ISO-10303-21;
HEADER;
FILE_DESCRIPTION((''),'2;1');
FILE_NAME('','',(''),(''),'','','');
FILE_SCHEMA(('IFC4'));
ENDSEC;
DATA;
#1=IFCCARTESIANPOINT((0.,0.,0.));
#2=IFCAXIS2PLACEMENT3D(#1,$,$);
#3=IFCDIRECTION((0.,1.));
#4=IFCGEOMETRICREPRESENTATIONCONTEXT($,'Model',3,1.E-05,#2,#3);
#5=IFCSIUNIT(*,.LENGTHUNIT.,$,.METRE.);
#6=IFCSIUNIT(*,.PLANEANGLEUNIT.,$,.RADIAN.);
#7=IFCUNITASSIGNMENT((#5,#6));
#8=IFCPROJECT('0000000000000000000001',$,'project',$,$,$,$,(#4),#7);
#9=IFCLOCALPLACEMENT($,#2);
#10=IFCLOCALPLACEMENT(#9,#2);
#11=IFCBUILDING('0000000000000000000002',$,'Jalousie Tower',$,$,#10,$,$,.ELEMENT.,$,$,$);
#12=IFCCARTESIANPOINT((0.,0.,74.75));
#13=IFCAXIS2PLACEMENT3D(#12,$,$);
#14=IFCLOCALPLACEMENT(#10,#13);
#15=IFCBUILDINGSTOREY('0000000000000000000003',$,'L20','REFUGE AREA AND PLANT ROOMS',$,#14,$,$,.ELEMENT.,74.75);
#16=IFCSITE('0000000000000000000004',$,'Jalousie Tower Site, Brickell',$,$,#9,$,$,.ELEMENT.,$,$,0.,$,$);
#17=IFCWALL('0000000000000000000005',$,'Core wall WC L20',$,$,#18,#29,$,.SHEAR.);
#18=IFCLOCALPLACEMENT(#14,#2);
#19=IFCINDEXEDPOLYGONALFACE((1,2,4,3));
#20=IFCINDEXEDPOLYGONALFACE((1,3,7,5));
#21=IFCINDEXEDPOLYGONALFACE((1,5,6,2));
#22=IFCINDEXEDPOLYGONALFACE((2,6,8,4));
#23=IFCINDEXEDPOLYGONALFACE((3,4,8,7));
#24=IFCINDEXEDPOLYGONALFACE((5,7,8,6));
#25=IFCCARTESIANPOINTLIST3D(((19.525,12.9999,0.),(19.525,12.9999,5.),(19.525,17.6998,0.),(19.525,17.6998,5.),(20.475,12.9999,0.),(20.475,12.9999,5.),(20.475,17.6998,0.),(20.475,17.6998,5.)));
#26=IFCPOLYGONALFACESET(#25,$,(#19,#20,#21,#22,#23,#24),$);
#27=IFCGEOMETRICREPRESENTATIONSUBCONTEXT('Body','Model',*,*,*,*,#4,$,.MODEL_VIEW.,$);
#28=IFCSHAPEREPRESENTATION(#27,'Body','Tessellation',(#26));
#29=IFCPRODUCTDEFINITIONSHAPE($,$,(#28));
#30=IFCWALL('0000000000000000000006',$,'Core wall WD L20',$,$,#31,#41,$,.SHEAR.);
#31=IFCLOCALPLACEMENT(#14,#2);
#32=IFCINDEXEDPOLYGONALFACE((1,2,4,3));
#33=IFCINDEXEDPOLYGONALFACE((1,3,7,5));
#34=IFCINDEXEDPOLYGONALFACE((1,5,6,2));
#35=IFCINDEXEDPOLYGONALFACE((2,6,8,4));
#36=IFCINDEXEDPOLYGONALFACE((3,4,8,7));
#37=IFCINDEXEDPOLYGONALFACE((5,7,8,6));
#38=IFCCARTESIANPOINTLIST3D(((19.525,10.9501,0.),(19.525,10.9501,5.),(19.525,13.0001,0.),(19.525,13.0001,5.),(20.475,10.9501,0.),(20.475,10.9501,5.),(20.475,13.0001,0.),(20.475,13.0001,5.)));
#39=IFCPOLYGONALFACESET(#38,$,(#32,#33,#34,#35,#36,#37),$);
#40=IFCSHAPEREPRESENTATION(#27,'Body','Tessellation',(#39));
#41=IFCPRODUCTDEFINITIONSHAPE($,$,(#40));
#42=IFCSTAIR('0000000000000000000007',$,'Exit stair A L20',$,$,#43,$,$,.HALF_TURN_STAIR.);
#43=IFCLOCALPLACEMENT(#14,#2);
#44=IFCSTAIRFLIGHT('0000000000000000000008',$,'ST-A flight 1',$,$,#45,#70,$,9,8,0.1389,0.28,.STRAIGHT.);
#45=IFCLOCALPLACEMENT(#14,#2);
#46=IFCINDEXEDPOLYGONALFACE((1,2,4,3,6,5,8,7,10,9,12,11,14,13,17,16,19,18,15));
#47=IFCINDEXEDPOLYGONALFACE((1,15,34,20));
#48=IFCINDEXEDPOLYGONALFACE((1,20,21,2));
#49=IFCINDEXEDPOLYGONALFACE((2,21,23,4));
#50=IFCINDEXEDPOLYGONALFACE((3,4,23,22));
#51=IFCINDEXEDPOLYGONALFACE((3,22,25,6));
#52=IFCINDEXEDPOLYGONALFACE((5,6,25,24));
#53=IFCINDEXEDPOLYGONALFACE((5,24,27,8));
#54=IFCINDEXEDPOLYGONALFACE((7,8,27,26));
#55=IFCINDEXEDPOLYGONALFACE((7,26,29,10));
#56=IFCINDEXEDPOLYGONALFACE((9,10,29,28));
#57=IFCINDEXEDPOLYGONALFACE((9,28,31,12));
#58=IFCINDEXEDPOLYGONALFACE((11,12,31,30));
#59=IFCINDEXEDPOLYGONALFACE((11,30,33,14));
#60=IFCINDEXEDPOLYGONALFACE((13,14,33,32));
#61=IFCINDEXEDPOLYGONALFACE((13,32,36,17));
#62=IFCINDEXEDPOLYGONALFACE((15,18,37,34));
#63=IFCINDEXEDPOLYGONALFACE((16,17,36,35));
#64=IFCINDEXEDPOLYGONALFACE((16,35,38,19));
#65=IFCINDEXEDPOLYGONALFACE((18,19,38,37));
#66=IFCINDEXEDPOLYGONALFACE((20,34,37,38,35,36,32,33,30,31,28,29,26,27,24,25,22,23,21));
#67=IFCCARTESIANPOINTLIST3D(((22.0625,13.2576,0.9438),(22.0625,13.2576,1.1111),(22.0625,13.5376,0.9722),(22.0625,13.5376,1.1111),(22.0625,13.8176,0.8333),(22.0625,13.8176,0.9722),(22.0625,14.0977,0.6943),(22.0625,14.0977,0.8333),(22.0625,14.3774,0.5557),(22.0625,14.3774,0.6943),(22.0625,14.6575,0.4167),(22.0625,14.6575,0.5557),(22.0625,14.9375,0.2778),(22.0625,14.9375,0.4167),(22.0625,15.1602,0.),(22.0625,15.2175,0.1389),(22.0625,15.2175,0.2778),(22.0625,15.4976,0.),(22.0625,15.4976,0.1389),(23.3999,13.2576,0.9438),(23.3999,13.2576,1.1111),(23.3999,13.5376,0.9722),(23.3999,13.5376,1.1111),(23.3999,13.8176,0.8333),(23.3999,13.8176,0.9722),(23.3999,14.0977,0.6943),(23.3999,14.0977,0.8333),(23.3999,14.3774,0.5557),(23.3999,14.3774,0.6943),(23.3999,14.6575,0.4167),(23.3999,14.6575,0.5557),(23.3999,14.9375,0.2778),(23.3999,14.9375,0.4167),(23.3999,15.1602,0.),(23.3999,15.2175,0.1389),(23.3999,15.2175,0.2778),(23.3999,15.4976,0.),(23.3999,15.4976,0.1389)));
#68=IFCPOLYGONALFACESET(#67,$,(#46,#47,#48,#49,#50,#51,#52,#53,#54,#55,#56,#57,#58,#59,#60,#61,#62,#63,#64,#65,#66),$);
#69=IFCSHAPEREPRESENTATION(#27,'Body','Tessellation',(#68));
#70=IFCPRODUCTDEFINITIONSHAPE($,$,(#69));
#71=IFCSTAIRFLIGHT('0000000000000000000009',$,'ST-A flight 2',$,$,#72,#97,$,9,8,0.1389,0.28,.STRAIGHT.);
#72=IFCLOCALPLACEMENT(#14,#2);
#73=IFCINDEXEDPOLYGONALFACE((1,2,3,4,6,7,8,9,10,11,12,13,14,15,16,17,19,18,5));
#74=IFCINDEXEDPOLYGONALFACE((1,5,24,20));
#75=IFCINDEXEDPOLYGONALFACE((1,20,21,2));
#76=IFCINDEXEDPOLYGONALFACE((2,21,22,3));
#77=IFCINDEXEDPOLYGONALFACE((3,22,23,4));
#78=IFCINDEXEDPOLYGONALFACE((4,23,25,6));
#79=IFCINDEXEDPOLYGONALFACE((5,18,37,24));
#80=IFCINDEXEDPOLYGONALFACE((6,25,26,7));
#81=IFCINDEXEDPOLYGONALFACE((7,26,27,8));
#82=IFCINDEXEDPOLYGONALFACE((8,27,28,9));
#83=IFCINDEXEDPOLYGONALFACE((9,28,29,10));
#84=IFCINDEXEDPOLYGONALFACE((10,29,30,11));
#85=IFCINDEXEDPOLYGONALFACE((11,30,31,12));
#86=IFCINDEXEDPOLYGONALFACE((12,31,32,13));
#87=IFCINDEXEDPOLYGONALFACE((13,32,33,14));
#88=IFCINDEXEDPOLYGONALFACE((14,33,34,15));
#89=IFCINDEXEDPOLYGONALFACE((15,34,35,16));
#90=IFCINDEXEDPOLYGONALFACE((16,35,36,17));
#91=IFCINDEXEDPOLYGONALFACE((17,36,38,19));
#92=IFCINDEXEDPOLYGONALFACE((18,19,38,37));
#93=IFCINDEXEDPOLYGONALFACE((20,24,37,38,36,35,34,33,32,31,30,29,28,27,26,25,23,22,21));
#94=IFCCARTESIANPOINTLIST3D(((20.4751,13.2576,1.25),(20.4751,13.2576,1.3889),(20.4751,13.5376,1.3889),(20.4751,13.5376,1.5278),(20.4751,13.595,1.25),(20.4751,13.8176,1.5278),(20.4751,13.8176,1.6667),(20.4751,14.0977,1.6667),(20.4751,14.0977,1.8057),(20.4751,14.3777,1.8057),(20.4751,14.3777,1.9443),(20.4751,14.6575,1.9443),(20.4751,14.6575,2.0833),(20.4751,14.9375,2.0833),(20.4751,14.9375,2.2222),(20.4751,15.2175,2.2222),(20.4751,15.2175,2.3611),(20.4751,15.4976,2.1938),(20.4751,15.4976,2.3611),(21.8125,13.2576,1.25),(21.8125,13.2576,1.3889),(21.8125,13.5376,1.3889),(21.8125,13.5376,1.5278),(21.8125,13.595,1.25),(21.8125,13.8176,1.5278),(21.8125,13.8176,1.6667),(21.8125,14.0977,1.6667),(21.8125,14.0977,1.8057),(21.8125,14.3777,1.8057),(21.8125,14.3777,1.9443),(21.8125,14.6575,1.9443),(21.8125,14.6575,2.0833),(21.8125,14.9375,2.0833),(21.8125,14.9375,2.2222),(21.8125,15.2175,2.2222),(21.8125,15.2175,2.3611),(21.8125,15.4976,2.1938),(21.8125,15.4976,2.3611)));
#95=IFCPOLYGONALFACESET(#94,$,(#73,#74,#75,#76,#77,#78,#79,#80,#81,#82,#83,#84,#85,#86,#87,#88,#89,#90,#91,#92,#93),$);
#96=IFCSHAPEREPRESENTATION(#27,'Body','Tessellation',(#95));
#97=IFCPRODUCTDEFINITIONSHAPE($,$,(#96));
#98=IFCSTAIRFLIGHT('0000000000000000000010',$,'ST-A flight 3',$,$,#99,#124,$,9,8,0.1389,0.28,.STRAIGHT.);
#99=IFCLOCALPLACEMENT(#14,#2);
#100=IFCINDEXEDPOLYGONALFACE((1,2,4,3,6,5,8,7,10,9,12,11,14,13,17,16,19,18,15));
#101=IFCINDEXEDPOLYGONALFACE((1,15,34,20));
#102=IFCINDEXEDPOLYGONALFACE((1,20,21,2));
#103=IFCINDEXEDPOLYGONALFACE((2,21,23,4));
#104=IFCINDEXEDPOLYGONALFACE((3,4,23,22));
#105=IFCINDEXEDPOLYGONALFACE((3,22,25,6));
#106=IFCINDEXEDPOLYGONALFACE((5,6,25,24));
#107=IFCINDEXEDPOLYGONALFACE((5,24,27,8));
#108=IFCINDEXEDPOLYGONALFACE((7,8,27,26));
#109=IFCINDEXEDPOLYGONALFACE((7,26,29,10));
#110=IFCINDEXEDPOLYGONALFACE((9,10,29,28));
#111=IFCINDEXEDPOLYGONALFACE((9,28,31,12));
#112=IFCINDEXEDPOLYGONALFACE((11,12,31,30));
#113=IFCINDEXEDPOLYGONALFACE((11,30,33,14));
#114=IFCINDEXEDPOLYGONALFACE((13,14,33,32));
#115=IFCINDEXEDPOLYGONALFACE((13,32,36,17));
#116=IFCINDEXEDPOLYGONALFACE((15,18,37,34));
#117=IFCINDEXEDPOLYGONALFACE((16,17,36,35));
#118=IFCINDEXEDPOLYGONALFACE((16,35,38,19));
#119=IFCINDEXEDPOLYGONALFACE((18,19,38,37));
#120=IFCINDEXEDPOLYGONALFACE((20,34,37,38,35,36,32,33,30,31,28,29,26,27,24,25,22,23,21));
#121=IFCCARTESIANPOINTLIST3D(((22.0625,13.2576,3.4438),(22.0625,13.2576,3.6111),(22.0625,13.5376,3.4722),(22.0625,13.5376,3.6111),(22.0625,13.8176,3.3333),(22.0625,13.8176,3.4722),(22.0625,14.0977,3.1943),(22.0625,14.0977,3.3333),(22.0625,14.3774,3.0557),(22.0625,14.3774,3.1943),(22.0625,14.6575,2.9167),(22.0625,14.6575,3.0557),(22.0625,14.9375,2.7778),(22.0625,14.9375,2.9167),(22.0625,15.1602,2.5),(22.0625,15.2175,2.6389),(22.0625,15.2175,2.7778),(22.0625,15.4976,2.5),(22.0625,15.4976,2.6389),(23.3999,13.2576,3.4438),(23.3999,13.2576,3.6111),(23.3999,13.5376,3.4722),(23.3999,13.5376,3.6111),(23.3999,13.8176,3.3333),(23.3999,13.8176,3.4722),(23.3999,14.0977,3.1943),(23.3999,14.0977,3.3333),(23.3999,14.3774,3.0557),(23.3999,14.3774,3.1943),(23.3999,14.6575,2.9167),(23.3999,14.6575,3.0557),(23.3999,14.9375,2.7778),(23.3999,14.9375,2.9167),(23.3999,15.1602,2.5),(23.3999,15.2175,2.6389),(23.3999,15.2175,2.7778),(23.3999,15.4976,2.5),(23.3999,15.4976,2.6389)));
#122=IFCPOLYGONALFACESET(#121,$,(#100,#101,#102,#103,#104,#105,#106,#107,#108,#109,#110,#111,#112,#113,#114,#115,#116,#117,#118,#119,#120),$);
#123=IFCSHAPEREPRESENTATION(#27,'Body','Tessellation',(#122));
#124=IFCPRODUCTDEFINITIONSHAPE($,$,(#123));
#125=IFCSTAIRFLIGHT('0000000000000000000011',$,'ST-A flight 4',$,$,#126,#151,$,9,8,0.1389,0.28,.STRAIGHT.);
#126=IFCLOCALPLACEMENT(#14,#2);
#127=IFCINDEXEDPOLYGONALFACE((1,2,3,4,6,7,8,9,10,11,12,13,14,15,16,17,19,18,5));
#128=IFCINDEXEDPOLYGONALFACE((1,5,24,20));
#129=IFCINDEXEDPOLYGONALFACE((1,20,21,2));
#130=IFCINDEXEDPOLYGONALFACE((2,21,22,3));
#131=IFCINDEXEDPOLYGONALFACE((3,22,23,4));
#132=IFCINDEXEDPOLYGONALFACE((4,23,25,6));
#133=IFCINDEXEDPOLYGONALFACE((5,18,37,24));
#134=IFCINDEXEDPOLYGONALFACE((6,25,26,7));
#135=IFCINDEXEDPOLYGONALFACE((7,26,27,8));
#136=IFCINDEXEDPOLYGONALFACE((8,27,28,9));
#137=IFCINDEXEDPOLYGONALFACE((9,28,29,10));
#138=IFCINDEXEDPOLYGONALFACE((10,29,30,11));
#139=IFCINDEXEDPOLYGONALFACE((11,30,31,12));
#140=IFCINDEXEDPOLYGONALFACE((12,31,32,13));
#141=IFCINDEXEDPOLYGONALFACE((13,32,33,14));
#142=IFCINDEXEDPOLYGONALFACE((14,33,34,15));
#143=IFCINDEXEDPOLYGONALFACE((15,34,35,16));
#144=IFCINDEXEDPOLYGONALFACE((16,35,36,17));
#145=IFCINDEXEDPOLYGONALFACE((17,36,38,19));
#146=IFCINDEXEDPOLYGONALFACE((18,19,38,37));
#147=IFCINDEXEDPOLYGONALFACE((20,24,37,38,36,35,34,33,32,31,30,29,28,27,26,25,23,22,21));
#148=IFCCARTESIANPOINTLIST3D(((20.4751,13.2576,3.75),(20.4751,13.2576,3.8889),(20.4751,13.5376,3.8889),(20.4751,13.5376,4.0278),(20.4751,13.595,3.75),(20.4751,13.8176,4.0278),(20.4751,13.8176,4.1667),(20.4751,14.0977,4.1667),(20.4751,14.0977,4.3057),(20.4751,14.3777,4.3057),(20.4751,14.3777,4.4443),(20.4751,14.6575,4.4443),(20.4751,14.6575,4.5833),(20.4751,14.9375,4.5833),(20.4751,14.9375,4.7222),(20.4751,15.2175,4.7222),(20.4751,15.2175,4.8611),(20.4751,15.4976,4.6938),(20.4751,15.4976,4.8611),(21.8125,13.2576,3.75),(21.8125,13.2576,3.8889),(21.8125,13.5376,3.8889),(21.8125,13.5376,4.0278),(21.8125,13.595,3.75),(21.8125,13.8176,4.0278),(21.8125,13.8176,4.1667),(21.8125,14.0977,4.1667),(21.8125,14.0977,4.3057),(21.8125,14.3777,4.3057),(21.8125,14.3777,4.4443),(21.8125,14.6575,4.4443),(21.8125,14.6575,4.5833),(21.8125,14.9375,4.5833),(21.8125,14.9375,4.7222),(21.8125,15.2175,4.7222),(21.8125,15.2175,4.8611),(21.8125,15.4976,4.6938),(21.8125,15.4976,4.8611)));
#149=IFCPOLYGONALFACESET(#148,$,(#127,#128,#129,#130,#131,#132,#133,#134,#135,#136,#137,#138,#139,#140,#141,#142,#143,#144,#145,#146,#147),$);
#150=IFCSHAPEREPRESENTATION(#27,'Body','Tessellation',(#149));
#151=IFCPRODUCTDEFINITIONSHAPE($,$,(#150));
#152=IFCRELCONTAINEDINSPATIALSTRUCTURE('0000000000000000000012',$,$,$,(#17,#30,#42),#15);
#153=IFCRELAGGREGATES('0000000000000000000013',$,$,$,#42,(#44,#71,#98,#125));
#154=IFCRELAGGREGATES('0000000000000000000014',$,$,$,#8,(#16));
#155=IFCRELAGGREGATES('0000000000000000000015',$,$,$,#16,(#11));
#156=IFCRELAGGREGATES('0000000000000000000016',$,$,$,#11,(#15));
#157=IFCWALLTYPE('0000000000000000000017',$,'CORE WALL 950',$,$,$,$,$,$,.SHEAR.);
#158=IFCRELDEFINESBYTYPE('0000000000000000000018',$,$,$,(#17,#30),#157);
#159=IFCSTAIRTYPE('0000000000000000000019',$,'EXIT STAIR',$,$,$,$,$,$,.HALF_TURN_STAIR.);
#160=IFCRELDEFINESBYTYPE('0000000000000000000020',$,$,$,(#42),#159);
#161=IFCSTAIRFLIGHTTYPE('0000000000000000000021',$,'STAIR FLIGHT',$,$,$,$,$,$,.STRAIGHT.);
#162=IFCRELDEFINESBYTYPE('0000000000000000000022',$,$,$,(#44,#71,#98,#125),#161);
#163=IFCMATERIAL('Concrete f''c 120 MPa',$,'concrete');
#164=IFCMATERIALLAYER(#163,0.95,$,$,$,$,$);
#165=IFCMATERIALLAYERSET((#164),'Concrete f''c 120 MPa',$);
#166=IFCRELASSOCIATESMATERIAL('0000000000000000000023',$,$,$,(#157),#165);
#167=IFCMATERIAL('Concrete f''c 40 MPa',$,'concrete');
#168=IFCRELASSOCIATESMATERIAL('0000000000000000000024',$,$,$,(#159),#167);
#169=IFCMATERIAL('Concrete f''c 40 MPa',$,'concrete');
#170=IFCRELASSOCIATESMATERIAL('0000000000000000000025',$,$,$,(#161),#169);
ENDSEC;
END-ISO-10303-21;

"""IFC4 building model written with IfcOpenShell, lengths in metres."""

from ifc_helpers import new_model, si_unit, direction, frame, frame_2d, origin, place, context, subcontext, project, spatial, polyline, rectangle, outline, extrude, material, layer, layer_set, type_object, element, aggregate, save


model = new_model("IFC4")

# Units and contexts
model_context = context("Model", 3, precision=1e-05, world=origin(), true_north=direction((0.0, 1.0)))
body_context = subcontext(model_context, "Body", "Model", "MODEL_VIEW")
ifc_project = project(units=[si_unit("LENGTHUNIT", "METRE"), si_unit("PLANEANGLEUNIT", "RADIAN")], contexts=[model_context])

# Site, building, storey
site_placement = place(None, origin())
site = spatial("IfcSite", under=ifc_project, at=site_placement, Name="Jalousie Tower Site, Brickell", CompositionType="ELEMENT", RefElevation=0.0)
building_placement = place(site_placement, origin())
building = spatial("IfcBuilding", under=site, at=building_placement, Name="Jalousie Tower", CompositionType="ELEMENT")
storey_placement = place(building_placement, frame((0.0, 0.0, 74.75)))
storey = spatial("IfcBuildingStorey", under=building, at=storey_placement, Name="L20", Description="REFUGE AREA AND PLANT ROOMS", CompositionType="ELEMENT", Elevation=74.75)

# Shared definitions
ifc_material_1 = material(Name="Concrete f'c 120 MPa", Category="concrete")
ifc_layer_1 = layer(ifc_material_1, 0.95)
ifc_layer_set_1 = layer_set([ifc_layer_1], Name="Concrete f'c 120 MPa")
wall_type_1 = type_object("IfcWallType", Name="CORE WALL 950", PredefinedType="SHEAR", material=ifc_layer_set_1)

# Walls
wall_1_placement = place(storey_placement, frame((20.0, 17.7, 0.0), z_axis=(0.0, 0.0, 1.0), x_axis=(0.0, -1.0, 0.0)))
element("IfcWall", 1, at=wall_1_placement, inside=storey, type_object=wall_type_1, Name="Core wall WC L20", PredefinedType="SHEAR", context=body_context, shape_type="SweptSolid", body=[
    extrude(rectangle(XDim=4.7, YDim=0.95, at=frame_2d((2.3501, 0.0))), origin(), (0.0, 0.0, 1.0), 5.0),
])
wall_2_placement = place(storey_placement, frame((20.0, 13.0, 0.0), z_axis=(0.0, 0.0, 1.0), x_axis=(0.0, -1.0, 0.0)))
element("IfcWall", 2, at=wall_2_placement, inside=storey, type_object=wall_type_1, Name="Core wall WD L20", PredefinedType="SHEAR", context=body_context, shape_type="SweptSolid", body=[
    extrude(rectangle(XDim=2.05, YDim=0.95, at=frame_2d((1.0249, 0.0))), origin(), (0.0, 0.0, 1.0), 5.0),
])

# Stair, stair flights
ifc_material_2 = material(Name="Concrete f'c 40 MPa", Category="concrete")
stair_type = type_object("IfcStairType", Name="EXIT STAIR", PredefinedType="HALF_TURN_STAIR", material=ifc_material_2)
stair_placement = place(storey_placement, origin())
stair = element("IfcStair", 3, at=stair_placement, inside=storey, type_object=stair_type, Name="Exit stair A L20", PredefinedType="HALF_TURN_STAIR")
ifc_material_3 = material(Name="Concrete f'c 40 MPa", Category="concrete")
stair_flight_type = type_object("IfcStairFlightType", Name="STAIR FLIGHT", PredefinedType="STRAIGHT", material=ifc_material_3)
stair_flight_1_placement = place(storey_placement, frame((22.7312, 15.4976, 0.0), z_axis=(0.0, 0.0, 1.0), x_axis=(0.0, -1.0, 0.0)))
stair_flight_1 = element("IfcStairFlight", 4, at=stair_flight_1_placement, type_object=stair_flight_type, Name="ST-A flight 1", NumberOfRisers=9, NumberOfTreads=8, PredefinedType="STRAIGHT", RiserHeight=0.1389, TreadLength=0.28, context=body_context, shape_type="SweptSolid", body=[
    extrude(outline(polyline([(0.0, 0.0), (0.0, 0.1389), (0.28, 0.1389), (0.28, 0.2778), (0.5601, 0.2778), (0.5601, 0.4167), (0.8401, 0.4167), (0.8401, 0.5557), (1.1201, 0.5557), (1.1201, 0.6943), (1.3999, 0.6943), (1.3999, 0.8333), (1.6799, 0.8333), (1.6799, 0.9722), (1.96, 0.9722), (1.96, 1.1111), (2.24, 1.1111), (2.24, 1.25), (2.24, 0.9438), (0.3374, 0.0), (0.0, 0.0)])), frame((0.0, 0.6687, 0.0), z_axis=(0.0, -1.0, 0.0), x_axis=(1.0, 0.0, 0.0)), (0.0, 0.0, 1.0), 1.3374),
])
stair_flight_2_placement = place(storey_placement, frame((21.1438, 13.2576, 1.25), z_axis=(0.0, 0.0, 1.0), x_axis=(0.0, 1.0, 0.0)))
stair_flight_2 = element("IfcStairFlight", 5, at=stair_flight_2_placement, type_object=stair_flight_type, Name="ST-A flight 2", NumberOfRisers=9, NumberOfTreads=8, PredefinedType="STRAIGHT", RiserHeight=0.1389, TreadLength=0.28, context=body_context, shape_type="SweptSolid", body=[
    extrude(outline(polyline([(0.0, 0.0), (0.0, 0.1389), (0.28, 0.1389), (0.28, 0.2778), (0.5601, 0.2778), (0.5601, 0.4167), (0.8401, 0.4167), (0.8401, 0.5557), (1.1201, 0.5557), (1.1201, 0.6943), (1.3999, 0.6943), (1.3999, 0.8333), (1.6799, 0.8333), (1.6799, 0.9722), (1.96, 0.9722), (1.96, 1.1111), (2.24, 1.1111), (2.24, 1.25), (2.24, 0.9438), (0.3374, 0.0), (0.0, 0.0)])), frame((0.0, 0.6687, 0.0), z_axis=(0.0, -1.0, 0.0), x_axis=(1.0, 0.0, 0.0)), (0.0, 0.0, 1.0), 1.3374),
])
stair_flight_3_placement = place(storey_placement, frame((22.7312, 15.4976, 2.5), z_axis=(0.0, 0.0, 1.0), x_axis=(0.0, -1.0, 0.0)))
stair_flight_3 = element("IfcStairFlight", 6, at=stair_flight_3_placement, type_object=stair_flight_type, Name="ST-A flight 3", NumberOfRisers=9, NumberOfTreads=8, PredefinedType="STRAIGHT", RiserHeight=0.1389, TreadLength=0.28, context=body_context, shape_type="SweptSolid", body=[
    extrude(outline(polyline([(0.0, 0.0), (0.0, 0.1389), (0.28, 0.1389), (0.28, 0.2778), (0.5601, 0.2778), (0.5601, 0.4167), (0.8401, 0.4167), (0.8401, 0.5557), (1.1201, 0.5557), (1.1201, 0.6943), (1.3999, 0.6943), (1.3999, 0.8333), (1.6799, 0.8333), (1.6799, 0.9722), (1.96, 0.9722), (1.96, 1.1111), (2.24, 1.1111), (2.24, 1.25), (2.24, 0.9438), (0.3374, 0.0), (0.0, 0.0)])), frame((0.0, 0.6687, 0.0), z_axis=(0.0, -1.0, 0.0), x_axis=(1.0, 0.0, 0.0)), (0.0, 0.0, 1.0), 1.3374),
])
stair_flight_4_placement = place(storey_placement, frame((21.1438, 13.2576, 3.75), z_axis=(0.0, 0.0, 1.0), x_axis=(0.0, 1.0, 0.0)))
stair_flight_4 = element("IfcStairFlight", 7, at=stair_flight_4_placement, type_object=stair_flight_type, Name="ST-A flight 4", NumberOfRisers=9, NumberOfTreads=8, PredefinedType="STRAIGHT", RiserHeight=0.1389, TreadLength=0.28, context=body_context, shape_type="SweptSolid", body=[
    extrude(outline(polyline([(0.0, 0.0), (0.0, 0.1389), (0.28, 0.1389), (0.28, 0.2778), (0.5601, 0.2778), (0.5601, 0.4167), (0.8401, 0.4167), (0.8401, 0.5557), (1.1201, 0.5557), (1.1201, 0.6943), (1.3999, 0.6943), (1.3999, 0.8333), (1.6799, 0.8333), (1.6799, 0.9722), (1.96, 0.9722), (1.96, 1.1111), (2.24, 1.1111), (2.24, 1.25), (2.24, 0.9438), (0.3374, 0.0), (0.0, 0.0)])), frame((0.0, 0.6687, 0.0), z_axis=(0.0, -1.0, 0.0), x_axis=(1.0, 0.0, 0.0)), (0.0, 0.0, 1.0), 1.3374),
])
aggregate(stair, [stair_flight_1, stair_flight_2, stair_flight_3, stair_flight_4])

save(model, "model.ifc")
